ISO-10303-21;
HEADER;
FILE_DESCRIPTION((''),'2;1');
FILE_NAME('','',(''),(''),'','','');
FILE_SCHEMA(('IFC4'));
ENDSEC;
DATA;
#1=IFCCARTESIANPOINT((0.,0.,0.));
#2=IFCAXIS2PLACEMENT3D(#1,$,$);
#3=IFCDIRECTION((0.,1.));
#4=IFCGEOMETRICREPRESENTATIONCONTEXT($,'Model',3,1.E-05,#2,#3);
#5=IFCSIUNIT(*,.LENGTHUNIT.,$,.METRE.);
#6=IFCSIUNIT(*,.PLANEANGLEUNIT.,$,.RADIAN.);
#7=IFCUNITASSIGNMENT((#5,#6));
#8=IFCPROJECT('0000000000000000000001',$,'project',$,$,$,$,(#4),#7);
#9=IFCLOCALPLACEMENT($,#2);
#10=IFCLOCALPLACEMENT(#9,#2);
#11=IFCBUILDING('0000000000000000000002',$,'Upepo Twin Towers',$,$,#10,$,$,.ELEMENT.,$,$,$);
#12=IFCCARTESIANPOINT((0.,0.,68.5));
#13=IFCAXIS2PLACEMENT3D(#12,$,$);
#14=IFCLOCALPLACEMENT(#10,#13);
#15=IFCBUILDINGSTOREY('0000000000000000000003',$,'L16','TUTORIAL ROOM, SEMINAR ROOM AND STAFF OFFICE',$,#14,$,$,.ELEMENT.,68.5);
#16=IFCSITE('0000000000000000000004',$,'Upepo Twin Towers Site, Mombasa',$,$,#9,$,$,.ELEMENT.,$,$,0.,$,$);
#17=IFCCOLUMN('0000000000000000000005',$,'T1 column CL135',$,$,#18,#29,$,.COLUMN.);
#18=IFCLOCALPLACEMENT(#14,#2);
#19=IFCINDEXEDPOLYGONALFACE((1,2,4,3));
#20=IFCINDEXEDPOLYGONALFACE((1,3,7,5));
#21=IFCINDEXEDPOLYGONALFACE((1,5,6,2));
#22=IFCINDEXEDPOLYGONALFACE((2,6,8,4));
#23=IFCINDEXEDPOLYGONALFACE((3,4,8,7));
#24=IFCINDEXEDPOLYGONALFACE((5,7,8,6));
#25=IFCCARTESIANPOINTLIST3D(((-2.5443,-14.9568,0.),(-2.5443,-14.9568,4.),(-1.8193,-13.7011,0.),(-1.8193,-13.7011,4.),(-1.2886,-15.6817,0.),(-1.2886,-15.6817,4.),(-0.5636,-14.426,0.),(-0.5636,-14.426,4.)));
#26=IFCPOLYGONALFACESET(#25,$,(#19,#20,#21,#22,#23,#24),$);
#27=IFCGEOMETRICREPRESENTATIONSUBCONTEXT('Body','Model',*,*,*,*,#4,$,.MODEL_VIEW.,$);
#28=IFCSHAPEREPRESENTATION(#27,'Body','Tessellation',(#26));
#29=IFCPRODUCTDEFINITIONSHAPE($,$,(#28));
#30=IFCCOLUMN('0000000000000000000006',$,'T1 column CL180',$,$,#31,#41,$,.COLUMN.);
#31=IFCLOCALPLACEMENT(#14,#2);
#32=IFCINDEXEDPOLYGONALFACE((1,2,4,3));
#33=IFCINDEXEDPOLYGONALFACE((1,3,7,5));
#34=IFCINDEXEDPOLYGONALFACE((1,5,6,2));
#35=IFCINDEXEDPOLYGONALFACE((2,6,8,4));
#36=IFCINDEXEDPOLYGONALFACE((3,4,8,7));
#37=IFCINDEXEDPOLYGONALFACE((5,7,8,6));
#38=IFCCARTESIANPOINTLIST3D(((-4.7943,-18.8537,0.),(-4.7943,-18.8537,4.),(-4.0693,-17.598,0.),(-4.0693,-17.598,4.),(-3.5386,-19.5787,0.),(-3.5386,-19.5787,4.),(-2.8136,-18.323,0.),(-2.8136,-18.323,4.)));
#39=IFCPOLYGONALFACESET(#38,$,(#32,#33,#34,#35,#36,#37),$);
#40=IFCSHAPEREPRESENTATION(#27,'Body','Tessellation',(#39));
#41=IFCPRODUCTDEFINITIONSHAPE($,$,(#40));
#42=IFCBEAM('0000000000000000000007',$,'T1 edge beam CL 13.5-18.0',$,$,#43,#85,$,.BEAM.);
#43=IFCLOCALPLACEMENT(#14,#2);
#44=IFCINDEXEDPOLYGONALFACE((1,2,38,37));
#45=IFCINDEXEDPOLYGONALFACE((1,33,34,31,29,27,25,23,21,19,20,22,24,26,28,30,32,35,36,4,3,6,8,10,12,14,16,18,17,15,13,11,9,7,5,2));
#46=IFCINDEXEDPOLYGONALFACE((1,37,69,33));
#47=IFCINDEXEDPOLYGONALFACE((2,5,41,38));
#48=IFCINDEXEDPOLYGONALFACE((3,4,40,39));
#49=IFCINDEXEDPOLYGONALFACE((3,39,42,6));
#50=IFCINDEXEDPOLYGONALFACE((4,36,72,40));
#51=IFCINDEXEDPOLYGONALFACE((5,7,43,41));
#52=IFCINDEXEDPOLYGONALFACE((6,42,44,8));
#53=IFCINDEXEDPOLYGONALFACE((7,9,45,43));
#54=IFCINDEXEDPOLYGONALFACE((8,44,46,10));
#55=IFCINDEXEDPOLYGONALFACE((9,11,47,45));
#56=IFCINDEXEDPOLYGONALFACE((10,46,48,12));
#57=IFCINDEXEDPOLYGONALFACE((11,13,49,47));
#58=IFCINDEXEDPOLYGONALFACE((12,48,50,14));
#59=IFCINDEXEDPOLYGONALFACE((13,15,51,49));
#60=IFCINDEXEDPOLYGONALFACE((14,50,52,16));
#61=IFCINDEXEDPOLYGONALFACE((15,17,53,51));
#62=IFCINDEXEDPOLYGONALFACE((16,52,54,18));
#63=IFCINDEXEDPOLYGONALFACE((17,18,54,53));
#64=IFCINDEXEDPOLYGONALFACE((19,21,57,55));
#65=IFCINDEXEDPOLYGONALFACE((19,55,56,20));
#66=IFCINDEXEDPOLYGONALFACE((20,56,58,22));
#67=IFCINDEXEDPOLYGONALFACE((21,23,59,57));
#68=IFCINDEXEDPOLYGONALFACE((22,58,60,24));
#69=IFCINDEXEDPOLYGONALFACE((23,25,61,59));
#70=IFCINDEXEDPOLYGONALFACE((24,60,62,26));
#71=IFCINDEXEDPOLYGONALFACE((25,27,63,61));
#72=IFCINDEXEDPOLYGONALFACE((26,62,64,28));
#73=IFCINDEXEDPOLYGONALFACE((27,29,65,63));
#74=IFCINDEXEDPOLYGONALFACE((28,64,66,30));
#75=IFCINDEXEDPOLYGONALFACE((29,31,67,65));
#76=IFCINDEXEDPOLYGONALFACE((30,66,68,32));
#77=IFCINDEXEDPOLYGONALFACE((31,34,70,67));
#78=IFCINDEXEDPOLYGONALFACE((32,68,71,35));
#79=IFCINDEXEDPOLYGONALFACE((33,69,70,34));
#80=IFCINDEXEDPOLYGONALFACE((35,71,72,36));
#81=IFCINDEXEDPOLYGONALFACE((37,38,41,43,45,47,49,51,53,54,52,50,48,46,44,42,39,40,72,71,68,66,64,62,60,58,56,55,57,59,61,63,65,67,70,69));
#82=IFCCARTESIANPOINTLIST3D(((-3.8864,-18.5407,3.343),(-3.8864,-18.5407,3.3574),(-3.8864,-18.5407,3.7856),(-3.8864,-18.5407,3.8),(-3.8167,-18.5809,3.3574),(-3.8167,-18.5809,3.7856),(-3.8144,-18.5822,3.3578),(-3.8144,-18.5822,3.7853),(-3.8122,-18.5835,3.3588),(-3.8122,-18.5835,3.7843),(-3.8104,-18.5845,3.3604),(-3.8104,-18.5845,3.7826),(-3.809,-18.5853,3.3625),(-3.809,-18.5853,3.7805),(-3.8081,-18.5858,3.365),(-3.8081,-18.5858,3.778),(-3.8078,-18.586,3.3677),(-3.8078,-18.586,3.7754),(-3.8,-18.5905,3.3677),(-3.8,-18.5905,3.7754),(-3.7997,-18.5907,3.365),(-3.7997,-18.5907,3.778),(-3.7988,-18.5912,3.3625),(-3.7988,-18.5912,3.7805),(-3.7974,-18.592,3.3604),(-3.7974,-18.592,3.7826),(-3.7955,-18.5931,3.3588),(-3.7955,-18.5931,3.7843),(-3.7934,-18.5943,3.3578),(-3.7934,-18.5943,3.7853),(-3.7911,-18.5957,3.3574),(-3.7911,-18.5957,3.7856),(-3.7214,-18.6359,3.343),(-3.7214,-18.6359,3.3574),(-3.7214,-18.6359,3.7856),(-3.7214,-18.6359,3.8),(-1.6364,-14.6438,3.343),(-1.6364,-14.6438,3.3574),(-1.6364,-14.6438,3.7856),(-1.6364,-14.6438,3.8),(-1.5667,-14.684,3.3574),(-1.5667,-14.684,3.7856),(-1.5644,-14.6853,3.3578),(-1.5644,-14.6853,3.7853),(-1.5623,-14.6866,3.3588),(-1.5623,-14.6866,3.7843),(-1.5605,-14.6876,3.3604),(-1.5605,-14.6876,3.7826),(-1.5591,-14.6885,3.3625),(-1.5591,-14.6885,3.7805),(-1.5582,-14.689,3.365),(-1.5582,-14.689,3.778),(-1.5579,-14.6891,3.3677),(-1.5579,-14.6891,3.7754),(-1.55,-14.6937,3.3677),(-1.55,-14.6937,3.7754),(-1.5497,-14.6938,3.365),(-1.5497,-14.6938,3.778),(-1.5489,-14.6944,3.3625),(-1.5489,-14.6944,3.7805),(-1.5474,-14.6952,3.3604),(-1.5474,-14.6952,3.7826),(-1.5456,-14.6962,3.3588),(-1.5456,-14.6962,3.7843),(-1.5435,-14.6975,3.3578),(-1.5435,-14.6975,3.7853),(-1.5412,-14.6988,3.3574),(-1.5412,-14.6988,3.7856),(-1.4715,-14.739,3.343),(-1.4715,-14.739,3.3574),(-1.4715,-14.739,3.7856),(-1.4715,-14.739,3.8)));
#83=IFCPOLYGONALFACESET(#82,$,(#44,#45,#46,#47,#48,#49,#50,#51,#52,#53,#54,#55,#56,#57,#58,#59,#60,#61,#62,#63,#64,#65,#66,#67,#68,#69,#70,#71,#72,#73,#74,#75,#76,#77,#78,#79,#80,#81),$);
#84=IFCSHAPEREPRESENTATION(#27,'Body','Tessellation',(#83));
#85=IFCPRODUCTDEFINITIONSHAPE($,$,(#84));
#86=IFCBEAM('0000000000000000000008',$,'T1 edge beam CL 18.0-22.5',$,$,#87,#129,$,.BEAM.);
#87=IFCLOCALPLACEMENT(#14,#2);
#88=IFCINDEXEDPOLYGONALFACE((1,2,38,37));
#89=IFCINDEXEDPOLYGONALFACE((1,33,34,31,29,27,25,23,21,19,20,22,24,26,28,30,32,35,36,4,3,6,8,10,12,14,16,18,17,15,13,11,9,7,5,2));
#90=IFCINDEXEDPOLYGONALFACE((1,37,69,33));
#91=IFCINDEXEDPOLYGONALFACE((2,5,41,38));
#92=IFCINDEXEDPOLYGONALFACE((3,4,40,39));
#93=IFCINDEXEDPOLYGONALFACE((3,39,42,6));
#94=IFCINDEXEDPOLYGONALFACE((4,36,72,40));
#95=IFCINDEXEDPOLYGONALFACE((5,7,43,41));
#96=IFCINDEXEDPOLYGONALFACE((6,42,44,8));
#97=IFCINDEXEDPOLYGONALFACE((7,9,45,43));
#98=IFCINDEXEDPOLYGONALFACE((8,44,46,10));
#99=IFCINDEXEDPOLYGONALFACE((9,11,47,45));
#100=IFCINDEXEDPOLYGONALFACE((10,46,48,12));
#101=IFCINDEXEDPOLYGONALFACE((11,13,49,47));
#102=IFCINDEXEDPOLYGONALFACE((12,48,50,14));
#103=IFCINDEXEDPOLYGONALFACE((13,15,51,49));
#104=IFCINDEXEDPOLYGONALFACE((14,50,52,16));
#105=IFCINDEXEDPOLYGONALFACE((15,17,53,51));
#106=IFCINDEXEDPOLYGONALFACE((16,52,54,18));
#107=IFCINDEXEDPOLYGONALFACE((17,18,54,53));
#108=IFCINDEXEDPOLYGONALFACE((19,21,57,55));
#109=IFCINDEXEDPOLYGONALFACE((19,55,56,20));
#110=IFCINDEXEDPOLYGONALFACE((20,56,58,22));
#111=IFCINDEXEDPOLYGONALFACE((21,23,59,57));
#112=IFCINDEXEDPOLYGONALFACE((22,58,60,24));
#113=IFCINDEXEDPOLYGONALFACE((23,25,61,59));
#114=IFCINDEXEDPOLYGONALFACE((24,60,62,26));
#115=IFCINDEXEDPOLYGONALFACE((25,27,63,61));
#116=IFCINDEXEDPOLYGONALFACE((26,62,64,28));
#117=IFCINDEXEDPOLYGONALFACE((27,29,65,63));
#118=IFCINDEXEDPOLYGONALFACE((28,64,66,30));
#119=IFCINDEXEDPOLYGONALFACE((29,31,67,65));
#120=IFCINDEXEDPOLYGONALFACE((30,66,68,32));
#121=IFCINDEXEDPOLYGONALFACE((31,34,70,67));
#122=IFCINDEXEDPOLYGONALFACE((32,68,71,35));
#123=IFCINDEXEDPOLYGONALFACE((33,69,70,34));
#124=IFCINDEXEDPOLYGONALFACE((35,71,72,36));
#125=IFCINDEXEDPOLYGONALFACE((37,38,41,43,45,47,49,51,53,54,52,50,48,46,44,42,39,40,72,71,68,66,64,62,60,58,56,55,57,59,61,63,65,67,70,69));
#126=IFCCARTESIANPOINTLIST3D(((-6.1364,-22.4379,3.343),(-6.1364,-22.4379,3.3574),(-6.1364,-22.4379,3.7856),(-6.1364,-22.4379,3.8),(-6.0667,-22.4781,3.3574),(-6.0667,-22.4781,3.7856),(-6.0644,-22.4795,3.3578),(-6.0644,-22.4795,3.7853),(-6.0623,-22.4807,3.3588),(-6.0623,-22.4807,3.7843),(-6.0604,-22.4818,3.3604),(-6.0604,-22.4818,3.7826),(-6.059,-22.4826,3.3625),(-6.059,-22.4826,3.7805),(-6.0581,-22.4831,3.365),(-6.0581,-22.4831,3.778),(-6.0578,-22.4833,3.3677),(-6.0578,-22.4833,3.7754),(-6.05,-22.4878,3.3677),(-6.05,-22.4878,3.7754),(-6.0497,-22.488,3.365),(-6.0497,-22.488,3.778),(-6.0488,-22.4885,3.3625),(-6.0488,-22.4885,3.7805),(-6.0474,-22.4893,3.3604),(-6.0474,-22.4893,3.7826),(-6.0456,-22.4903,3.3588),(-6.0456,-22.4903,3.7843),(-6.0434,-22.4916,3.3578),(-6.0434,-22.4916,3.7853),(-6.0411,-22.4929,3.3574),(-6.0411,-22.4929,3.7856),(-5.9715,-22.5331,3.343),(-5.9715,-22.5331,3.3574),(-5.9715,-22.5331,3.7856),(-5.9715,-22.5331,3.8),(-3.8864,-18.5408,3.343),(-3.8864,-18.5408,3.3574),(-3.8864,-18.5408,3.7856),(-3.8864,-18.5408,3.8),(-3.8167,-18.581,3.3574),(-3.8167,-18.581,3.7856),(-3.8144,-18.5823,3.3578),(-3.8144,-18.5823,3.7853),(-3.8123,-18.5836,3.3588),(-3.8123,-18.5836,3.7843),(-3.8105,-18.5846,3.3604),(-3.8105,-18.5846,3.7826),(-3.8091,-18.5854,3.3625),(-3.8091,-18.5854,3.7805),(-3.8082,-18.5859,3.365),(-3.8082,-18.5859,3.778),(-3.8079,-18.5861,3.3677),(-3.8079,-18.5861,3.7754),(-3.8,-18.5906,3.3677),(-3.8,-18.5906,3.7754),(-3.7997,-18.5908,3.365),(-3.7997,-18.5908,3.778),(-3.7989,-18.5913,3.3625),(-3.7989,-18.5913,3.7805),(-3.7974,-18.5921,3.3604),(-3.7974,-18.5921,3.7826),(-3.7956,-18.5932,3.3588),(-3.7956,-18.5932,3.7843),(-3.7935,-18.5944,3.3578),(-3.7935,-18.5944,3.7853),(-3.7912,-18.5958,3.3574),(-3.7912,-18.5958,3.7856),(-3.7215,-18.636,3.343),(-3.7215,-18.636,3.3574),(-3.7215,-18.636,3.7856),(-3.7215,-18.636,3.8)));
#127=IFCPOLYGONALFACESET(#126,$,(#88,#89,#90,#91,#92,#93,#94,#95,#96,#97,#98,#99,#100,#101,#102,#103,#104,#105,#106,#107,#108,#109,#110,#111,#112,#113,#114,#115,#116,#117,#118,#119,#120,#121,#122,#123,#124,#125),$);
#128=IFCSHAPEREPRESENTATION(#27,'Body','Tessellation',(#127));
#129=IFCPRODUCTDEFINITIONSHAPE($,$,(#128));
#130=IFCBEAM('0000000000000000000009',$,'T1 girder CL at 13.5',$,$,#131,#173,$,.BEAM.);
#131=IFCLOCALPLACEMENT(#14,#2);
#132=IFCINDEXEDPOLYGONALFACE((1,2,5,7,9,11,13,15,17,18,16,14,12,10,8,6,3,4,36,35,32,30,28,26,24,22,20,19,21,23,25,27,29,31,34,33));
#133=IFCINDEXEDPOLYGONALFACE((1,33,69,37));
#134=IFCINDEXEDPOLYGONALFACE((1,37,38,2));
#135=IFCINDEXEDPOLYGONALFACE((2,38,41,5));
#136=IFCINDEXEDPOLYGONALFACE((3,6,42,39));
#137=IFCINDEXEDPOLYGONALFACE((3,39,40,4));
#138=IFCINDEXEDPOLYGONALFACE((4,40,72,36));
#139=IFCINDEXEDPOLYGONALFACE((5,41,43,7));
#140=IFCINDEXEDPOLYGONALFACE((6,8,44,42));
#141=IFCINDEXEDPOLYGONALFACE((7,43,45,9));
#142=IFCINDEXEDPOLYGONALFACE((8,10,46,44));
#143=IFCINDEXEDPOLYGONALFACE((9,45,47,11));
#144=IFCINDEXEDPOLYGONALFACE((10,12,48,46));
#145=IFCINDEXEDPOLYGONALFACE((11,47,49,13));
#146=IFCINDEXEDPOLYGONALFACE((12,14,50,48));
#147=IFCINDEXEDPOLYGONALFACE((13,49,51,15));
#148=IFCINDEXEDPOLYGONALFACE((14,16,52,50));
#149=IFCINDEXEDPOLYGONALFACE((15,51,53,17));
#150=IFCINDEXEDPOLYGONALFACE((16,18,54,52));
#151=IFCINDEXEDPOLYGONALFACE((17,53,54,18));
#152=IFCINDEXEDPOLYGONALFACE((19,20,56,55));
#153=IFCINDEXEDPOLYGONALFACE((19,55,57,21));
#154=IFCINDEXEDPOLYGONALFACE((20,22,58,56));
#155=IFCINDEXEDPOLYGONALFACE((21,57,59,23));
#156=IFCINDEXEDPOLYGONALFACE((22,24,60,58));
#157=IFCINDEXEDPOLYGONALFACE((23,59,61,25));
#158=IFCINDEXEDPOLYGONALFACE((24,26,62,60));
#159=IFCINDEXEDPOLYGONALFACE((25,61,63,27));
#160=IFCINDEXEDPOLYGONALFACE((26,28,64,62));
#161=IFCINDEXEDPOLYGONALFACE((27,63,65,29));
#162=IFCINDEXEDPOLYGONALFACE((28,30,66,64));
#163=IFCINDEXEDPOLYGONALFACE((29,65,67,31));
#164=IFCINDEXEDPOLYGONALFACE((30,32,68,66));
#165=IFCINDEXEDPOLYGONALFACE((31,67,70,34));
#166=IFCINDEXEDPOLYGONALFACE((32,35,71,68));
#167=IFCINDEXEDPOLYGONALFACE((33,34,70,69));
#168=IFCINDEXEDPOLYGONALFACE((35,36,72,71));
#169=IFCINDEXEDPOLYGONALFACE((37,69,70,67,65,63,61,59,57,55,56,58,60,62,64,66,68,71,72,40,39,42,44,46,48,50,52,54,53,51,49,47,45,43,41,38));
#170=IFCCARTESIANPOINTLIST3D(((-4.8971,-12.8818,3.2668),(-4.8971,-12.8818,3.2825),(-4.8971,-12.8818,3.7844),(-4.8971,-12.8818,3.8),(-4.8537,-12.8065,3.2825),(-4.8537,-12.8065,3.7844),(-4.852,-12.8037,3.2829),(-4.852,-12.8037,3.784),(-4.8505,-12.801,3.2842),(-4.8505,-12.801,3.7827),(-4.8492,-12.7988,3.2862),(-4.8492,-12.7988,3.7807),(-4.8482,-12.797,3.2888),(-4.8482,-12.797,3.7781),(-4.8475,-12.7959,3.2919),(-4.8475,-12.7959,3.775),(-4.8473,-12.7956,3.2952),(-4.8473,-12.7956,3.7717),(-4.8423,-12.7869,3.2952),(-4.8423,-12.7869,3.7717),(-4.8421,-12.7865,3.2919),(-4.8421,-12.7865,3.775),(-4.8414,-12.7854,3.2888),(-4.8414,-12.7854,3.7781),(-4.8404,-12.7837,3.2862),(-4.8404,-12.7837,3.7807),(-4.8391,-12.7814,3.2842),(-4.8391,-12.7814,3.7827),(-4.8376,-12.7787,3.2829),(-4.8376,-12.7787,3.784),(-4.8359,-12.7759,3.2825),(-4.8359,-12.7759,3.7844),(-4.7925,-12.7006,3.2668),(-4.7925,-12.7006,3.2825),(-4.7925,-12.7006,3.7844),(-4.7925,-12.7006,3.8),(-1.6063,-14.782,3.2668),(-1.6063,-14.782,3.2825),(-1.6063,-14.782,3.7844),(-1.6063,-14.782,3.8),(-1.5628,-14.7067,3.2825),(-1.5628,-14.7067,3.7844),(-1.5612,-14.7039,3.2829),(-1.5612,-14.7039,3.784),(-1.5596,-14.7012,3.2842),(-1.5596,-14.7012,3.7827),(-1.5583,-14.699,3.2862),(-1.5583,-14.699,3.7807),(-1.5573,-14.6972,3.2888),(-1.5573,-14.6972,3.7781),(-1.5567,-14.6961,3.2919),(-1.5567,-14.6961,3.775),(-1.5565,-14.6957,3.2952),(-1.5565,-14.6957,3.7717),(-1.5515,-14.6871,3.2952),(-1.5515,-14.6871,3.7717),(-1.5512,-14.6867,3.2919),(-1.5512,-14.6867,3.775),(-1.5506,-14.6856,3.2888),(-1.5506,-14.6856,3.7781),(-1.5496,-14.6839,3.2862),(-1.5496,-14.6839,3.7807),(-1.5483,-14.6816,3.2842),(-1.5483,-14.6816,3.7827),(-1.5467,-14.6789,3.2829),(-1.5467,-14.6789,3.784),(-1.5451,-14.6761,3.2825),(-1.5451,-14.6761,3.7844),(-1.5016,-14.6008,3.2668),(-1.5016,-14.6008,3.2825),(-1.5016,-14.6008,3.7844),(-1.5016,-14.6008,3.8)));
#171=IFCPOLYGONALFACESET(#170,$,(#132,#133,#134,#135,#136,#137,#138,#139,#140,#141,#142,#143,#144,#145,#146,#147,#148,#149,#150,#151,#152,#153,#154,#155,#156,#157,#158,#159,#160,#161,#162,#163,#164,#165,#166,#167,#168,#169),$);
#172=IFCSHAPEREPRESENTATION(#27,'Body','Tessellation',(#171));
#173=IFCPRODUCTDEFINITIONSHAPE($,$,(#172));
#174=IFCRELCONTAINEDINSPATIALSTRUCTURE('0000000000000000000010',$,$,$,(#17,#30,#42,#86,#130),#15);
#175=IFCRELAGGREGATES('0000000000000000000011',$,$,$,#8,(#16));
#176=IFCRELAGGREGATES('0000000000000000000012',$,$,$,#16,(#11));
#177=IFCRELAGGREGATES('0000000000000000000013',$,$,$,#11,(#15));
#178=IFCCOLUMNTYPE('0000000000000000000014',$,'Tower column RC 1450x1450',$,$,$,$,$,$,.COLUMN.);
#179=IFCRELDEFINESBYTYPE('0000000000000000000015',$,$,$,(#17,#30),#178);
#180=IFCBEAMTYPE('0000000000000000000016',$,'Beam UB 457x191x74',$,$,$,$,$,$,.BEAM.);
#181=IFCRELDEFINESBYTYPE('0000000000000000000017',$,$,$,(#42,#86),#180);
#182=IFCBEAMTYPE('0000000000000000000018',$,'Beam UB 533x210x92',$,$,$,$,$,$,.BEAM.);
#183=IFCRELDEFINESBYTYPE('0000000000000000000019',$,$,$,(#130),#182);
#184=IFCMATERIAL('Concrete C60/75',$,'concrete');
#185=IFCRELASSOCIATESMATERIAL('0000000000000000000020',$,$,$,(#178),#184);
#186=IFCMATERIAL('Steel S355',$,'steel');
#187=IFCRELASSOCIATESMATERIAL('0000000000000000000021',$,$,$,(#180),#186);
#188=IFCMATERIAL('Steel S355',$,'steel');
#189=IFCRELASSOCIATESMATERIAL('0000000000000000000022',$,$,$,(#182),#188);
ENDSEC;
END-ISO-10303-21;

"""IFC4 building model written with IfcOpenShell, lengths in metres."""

from ifc_helpers import new_model, si_unit, direction, frame, origin, origin_2d, place, context, subcontext, project, spatial, rectangle, i_section, extrude, material, material_profile, profile_set, type_object, element, save


model = new_model("IFC4")

# Units and contexts
model_context = context("Model", 3, precision=1e-05, world=origin(), true_north=direction((0.0, 1.0)))
body_context = subcontext(model_context, "Body", "Model", "MODEL_VIEW")
ifc_project = project(units=[si_unit("LENGTHUNIT", "METRE"), si_unit("PLANEANGLEUNIT", "RADIAN")], contexts=[model_context])

# Site, building, storey
site_placement = place(None, origin())
site = spatial("IfcSite", under=ifc_project, at=site_placement, Name="Upepo Twin Towers Site, Mombasa", CompositionType="ELEMENT", RefElevation=0.0)
building_placement = place(site_placement, origin())
building = spatial("IfcBuilding", under=site, at=building_placement, Name="Upepo Twin Towers", CompositionType="ELEMENT")
storey_placement = place(building_placement, frame((0.0, 0.0, 68.5)))
storey = spatial("IfcBuildingStorey", under=building, at=storey_placement, Name="L16", Description="TUTORIAL ROOM, SEMINAR ROOM AND STAFF OFFICE", CompositionType="ELEMENT", Elevation=68.5)

# Columns
ifc_material_1 = material(Name="Concrete C60/75", Category="concrete")
ifc_material_profile_1 = material_profile(ifc_material_1, rectangle(XDim=1.45, YDim=1.45, at=origin_2d()), Name="RC 1450x1450")
ifc_profile_set_1 = profile_set([ifc_material_profile_1], Name="Concrete C60/75")
column_type = type_object("IfcColumnType", Name="Tower column RC 1450x1450", PredefinedType="COLUMN", material=ifc_profile_set_1)
for number, where, z_axis, x_axis, name in (
    (1, (-1.554, -14.6914, 0.0), (0.0, 0.0, 1.0), (0.5, 0.866025, 0.0), "T1 column CL135"),
    (2, (-3.804, -18.5884, 0.0), (0.0, 0.0, 1.0), (0.5, 0.866025, 0.0), "T1 column CL180"),
):
    element("IfcColumn", number, at=place(storey_placement, frame(where, z_axis=z_axis, x_axis=x_axis)), inside=storey, type_object=column_type, Name=name, PredefinedType="COLUMN", context=body_context, shape_type="SweptSolid", body=[
        extrude(rectangle(XDim=1.45, YDim=1.45, at=origin_2d()), origin(), (0.0, 0.0, 1.0), 4.0),
    ])

# Beams
ifc_material_2 = material(Name="Steel S355", Category="steel")
ifc_material_profile_2 = material_profile(ifc_material_2, i_section(OverallWidth=0.1904, OverallDepth=0.457, WebThickness=0.009, FlangeThickness=0.0144, FilletRadius=0.0103, at=origin_2d()), Name="UB 457x191x74")
ifc_profile_set_2 = profile_set([ifc_material_profile_2], Name="Steel S355")
beam_type_1 = type_object("IfcBeamType", Name="Beam UB 457x191x74", PredefinedType="BEAM", material=ifc_profile_set_2)
beam_1_placement = place(storey_placement, frame((-1.554, -14.6914, 3.5715), z_axis=(-0.500014, -0.866018, 0.0), x_axis=(0.866018, -0.500014, 0.0)))
element("IfcBeam", 3, at=beam_1_placement, inside=storey, type_object=beam_type_1, Name="T1 edge beam CL 13.5-18.0", PredefinedType="BEAM", context=body_context, shape_type="SweptSolid", body=[
    extrude(i_section(OverallWidth=0.1904, OverallDepth=0.457, WebThickness=0.009, FlangeThickness=0.0144, FilletRadius=0.0103, at=origin_2d()), origin(), (0.0, 0.0, 1.0), 4.4998),
])
beam_2_placement = place(storey_placement, frame((-3.804, -18.5884, 3.5715), z_axis=(-0.49999, -0.866031, 0.0), x_axis=(0.866031, -0.49999, 0.0)))
element("IfcBeam", 4, at=beam_2_placement, inside=storey, type_object=beam_type_1, Name="T1 edge beam CL 18.0-22.5", PredefinedType="BEAM", context=body_context, shape_type="SweptSolid", body=[
    extrude(i_section(OverallWidth=0.1904, OverallDepth=0.457, WebThickness=0.009, FlangeThickness=0.0144, FilletRadius=0.0103, at=origin_2d()), origin(), (0.0, 0.0, 1.0), 4.5),
])
ifc_material_3 = material(Name="Steel S355", Category="steel")
ifc_material_profile_3 = material_profile(ifc_material_3, i_section(OverallWidth=0.2092, OverallDepth=0.5332, WebThickness=0.01, FlangeThickness=0.0156, FilletRadius=0.0127, at=origin_2d()), Name="UB 533x210x92")
ifc_profile_set_3 = profile_set([ifc_material_profile_3], Name="Steel S355")
beam_type_2 = type_object("IfcBeamType", Name="Beam UB 533x210x92", PredefinedType="BEAM", material=ifc_profile_set_3)
beam_3_placement = place(storey_placement, frame((-1.554, -14.6914, 3.5334), z_axis=(-0.866, 0.500043, 0.0), x_axis=(-0.500043, -0.866, 0.0)))
element("IfcBeam", 5, at=beam_3_placement, inside=storey, type_object=beam_type_2, Name="T1 girder CL at 13.5", PredefinedType="BEAM", context=body_context, shape_type="SweptSolid", body=[
    extrude(i_section(OverallWidth=0.2092, OverallDepth=0.5332, WebThickness=0.01, FlangeThickness=0.0156, FilletRadius=0.0127, at=origin_2d()), origin(), (0.0, 0.0, 1.0), 3.8),
])

save(model, "model.ifc")
